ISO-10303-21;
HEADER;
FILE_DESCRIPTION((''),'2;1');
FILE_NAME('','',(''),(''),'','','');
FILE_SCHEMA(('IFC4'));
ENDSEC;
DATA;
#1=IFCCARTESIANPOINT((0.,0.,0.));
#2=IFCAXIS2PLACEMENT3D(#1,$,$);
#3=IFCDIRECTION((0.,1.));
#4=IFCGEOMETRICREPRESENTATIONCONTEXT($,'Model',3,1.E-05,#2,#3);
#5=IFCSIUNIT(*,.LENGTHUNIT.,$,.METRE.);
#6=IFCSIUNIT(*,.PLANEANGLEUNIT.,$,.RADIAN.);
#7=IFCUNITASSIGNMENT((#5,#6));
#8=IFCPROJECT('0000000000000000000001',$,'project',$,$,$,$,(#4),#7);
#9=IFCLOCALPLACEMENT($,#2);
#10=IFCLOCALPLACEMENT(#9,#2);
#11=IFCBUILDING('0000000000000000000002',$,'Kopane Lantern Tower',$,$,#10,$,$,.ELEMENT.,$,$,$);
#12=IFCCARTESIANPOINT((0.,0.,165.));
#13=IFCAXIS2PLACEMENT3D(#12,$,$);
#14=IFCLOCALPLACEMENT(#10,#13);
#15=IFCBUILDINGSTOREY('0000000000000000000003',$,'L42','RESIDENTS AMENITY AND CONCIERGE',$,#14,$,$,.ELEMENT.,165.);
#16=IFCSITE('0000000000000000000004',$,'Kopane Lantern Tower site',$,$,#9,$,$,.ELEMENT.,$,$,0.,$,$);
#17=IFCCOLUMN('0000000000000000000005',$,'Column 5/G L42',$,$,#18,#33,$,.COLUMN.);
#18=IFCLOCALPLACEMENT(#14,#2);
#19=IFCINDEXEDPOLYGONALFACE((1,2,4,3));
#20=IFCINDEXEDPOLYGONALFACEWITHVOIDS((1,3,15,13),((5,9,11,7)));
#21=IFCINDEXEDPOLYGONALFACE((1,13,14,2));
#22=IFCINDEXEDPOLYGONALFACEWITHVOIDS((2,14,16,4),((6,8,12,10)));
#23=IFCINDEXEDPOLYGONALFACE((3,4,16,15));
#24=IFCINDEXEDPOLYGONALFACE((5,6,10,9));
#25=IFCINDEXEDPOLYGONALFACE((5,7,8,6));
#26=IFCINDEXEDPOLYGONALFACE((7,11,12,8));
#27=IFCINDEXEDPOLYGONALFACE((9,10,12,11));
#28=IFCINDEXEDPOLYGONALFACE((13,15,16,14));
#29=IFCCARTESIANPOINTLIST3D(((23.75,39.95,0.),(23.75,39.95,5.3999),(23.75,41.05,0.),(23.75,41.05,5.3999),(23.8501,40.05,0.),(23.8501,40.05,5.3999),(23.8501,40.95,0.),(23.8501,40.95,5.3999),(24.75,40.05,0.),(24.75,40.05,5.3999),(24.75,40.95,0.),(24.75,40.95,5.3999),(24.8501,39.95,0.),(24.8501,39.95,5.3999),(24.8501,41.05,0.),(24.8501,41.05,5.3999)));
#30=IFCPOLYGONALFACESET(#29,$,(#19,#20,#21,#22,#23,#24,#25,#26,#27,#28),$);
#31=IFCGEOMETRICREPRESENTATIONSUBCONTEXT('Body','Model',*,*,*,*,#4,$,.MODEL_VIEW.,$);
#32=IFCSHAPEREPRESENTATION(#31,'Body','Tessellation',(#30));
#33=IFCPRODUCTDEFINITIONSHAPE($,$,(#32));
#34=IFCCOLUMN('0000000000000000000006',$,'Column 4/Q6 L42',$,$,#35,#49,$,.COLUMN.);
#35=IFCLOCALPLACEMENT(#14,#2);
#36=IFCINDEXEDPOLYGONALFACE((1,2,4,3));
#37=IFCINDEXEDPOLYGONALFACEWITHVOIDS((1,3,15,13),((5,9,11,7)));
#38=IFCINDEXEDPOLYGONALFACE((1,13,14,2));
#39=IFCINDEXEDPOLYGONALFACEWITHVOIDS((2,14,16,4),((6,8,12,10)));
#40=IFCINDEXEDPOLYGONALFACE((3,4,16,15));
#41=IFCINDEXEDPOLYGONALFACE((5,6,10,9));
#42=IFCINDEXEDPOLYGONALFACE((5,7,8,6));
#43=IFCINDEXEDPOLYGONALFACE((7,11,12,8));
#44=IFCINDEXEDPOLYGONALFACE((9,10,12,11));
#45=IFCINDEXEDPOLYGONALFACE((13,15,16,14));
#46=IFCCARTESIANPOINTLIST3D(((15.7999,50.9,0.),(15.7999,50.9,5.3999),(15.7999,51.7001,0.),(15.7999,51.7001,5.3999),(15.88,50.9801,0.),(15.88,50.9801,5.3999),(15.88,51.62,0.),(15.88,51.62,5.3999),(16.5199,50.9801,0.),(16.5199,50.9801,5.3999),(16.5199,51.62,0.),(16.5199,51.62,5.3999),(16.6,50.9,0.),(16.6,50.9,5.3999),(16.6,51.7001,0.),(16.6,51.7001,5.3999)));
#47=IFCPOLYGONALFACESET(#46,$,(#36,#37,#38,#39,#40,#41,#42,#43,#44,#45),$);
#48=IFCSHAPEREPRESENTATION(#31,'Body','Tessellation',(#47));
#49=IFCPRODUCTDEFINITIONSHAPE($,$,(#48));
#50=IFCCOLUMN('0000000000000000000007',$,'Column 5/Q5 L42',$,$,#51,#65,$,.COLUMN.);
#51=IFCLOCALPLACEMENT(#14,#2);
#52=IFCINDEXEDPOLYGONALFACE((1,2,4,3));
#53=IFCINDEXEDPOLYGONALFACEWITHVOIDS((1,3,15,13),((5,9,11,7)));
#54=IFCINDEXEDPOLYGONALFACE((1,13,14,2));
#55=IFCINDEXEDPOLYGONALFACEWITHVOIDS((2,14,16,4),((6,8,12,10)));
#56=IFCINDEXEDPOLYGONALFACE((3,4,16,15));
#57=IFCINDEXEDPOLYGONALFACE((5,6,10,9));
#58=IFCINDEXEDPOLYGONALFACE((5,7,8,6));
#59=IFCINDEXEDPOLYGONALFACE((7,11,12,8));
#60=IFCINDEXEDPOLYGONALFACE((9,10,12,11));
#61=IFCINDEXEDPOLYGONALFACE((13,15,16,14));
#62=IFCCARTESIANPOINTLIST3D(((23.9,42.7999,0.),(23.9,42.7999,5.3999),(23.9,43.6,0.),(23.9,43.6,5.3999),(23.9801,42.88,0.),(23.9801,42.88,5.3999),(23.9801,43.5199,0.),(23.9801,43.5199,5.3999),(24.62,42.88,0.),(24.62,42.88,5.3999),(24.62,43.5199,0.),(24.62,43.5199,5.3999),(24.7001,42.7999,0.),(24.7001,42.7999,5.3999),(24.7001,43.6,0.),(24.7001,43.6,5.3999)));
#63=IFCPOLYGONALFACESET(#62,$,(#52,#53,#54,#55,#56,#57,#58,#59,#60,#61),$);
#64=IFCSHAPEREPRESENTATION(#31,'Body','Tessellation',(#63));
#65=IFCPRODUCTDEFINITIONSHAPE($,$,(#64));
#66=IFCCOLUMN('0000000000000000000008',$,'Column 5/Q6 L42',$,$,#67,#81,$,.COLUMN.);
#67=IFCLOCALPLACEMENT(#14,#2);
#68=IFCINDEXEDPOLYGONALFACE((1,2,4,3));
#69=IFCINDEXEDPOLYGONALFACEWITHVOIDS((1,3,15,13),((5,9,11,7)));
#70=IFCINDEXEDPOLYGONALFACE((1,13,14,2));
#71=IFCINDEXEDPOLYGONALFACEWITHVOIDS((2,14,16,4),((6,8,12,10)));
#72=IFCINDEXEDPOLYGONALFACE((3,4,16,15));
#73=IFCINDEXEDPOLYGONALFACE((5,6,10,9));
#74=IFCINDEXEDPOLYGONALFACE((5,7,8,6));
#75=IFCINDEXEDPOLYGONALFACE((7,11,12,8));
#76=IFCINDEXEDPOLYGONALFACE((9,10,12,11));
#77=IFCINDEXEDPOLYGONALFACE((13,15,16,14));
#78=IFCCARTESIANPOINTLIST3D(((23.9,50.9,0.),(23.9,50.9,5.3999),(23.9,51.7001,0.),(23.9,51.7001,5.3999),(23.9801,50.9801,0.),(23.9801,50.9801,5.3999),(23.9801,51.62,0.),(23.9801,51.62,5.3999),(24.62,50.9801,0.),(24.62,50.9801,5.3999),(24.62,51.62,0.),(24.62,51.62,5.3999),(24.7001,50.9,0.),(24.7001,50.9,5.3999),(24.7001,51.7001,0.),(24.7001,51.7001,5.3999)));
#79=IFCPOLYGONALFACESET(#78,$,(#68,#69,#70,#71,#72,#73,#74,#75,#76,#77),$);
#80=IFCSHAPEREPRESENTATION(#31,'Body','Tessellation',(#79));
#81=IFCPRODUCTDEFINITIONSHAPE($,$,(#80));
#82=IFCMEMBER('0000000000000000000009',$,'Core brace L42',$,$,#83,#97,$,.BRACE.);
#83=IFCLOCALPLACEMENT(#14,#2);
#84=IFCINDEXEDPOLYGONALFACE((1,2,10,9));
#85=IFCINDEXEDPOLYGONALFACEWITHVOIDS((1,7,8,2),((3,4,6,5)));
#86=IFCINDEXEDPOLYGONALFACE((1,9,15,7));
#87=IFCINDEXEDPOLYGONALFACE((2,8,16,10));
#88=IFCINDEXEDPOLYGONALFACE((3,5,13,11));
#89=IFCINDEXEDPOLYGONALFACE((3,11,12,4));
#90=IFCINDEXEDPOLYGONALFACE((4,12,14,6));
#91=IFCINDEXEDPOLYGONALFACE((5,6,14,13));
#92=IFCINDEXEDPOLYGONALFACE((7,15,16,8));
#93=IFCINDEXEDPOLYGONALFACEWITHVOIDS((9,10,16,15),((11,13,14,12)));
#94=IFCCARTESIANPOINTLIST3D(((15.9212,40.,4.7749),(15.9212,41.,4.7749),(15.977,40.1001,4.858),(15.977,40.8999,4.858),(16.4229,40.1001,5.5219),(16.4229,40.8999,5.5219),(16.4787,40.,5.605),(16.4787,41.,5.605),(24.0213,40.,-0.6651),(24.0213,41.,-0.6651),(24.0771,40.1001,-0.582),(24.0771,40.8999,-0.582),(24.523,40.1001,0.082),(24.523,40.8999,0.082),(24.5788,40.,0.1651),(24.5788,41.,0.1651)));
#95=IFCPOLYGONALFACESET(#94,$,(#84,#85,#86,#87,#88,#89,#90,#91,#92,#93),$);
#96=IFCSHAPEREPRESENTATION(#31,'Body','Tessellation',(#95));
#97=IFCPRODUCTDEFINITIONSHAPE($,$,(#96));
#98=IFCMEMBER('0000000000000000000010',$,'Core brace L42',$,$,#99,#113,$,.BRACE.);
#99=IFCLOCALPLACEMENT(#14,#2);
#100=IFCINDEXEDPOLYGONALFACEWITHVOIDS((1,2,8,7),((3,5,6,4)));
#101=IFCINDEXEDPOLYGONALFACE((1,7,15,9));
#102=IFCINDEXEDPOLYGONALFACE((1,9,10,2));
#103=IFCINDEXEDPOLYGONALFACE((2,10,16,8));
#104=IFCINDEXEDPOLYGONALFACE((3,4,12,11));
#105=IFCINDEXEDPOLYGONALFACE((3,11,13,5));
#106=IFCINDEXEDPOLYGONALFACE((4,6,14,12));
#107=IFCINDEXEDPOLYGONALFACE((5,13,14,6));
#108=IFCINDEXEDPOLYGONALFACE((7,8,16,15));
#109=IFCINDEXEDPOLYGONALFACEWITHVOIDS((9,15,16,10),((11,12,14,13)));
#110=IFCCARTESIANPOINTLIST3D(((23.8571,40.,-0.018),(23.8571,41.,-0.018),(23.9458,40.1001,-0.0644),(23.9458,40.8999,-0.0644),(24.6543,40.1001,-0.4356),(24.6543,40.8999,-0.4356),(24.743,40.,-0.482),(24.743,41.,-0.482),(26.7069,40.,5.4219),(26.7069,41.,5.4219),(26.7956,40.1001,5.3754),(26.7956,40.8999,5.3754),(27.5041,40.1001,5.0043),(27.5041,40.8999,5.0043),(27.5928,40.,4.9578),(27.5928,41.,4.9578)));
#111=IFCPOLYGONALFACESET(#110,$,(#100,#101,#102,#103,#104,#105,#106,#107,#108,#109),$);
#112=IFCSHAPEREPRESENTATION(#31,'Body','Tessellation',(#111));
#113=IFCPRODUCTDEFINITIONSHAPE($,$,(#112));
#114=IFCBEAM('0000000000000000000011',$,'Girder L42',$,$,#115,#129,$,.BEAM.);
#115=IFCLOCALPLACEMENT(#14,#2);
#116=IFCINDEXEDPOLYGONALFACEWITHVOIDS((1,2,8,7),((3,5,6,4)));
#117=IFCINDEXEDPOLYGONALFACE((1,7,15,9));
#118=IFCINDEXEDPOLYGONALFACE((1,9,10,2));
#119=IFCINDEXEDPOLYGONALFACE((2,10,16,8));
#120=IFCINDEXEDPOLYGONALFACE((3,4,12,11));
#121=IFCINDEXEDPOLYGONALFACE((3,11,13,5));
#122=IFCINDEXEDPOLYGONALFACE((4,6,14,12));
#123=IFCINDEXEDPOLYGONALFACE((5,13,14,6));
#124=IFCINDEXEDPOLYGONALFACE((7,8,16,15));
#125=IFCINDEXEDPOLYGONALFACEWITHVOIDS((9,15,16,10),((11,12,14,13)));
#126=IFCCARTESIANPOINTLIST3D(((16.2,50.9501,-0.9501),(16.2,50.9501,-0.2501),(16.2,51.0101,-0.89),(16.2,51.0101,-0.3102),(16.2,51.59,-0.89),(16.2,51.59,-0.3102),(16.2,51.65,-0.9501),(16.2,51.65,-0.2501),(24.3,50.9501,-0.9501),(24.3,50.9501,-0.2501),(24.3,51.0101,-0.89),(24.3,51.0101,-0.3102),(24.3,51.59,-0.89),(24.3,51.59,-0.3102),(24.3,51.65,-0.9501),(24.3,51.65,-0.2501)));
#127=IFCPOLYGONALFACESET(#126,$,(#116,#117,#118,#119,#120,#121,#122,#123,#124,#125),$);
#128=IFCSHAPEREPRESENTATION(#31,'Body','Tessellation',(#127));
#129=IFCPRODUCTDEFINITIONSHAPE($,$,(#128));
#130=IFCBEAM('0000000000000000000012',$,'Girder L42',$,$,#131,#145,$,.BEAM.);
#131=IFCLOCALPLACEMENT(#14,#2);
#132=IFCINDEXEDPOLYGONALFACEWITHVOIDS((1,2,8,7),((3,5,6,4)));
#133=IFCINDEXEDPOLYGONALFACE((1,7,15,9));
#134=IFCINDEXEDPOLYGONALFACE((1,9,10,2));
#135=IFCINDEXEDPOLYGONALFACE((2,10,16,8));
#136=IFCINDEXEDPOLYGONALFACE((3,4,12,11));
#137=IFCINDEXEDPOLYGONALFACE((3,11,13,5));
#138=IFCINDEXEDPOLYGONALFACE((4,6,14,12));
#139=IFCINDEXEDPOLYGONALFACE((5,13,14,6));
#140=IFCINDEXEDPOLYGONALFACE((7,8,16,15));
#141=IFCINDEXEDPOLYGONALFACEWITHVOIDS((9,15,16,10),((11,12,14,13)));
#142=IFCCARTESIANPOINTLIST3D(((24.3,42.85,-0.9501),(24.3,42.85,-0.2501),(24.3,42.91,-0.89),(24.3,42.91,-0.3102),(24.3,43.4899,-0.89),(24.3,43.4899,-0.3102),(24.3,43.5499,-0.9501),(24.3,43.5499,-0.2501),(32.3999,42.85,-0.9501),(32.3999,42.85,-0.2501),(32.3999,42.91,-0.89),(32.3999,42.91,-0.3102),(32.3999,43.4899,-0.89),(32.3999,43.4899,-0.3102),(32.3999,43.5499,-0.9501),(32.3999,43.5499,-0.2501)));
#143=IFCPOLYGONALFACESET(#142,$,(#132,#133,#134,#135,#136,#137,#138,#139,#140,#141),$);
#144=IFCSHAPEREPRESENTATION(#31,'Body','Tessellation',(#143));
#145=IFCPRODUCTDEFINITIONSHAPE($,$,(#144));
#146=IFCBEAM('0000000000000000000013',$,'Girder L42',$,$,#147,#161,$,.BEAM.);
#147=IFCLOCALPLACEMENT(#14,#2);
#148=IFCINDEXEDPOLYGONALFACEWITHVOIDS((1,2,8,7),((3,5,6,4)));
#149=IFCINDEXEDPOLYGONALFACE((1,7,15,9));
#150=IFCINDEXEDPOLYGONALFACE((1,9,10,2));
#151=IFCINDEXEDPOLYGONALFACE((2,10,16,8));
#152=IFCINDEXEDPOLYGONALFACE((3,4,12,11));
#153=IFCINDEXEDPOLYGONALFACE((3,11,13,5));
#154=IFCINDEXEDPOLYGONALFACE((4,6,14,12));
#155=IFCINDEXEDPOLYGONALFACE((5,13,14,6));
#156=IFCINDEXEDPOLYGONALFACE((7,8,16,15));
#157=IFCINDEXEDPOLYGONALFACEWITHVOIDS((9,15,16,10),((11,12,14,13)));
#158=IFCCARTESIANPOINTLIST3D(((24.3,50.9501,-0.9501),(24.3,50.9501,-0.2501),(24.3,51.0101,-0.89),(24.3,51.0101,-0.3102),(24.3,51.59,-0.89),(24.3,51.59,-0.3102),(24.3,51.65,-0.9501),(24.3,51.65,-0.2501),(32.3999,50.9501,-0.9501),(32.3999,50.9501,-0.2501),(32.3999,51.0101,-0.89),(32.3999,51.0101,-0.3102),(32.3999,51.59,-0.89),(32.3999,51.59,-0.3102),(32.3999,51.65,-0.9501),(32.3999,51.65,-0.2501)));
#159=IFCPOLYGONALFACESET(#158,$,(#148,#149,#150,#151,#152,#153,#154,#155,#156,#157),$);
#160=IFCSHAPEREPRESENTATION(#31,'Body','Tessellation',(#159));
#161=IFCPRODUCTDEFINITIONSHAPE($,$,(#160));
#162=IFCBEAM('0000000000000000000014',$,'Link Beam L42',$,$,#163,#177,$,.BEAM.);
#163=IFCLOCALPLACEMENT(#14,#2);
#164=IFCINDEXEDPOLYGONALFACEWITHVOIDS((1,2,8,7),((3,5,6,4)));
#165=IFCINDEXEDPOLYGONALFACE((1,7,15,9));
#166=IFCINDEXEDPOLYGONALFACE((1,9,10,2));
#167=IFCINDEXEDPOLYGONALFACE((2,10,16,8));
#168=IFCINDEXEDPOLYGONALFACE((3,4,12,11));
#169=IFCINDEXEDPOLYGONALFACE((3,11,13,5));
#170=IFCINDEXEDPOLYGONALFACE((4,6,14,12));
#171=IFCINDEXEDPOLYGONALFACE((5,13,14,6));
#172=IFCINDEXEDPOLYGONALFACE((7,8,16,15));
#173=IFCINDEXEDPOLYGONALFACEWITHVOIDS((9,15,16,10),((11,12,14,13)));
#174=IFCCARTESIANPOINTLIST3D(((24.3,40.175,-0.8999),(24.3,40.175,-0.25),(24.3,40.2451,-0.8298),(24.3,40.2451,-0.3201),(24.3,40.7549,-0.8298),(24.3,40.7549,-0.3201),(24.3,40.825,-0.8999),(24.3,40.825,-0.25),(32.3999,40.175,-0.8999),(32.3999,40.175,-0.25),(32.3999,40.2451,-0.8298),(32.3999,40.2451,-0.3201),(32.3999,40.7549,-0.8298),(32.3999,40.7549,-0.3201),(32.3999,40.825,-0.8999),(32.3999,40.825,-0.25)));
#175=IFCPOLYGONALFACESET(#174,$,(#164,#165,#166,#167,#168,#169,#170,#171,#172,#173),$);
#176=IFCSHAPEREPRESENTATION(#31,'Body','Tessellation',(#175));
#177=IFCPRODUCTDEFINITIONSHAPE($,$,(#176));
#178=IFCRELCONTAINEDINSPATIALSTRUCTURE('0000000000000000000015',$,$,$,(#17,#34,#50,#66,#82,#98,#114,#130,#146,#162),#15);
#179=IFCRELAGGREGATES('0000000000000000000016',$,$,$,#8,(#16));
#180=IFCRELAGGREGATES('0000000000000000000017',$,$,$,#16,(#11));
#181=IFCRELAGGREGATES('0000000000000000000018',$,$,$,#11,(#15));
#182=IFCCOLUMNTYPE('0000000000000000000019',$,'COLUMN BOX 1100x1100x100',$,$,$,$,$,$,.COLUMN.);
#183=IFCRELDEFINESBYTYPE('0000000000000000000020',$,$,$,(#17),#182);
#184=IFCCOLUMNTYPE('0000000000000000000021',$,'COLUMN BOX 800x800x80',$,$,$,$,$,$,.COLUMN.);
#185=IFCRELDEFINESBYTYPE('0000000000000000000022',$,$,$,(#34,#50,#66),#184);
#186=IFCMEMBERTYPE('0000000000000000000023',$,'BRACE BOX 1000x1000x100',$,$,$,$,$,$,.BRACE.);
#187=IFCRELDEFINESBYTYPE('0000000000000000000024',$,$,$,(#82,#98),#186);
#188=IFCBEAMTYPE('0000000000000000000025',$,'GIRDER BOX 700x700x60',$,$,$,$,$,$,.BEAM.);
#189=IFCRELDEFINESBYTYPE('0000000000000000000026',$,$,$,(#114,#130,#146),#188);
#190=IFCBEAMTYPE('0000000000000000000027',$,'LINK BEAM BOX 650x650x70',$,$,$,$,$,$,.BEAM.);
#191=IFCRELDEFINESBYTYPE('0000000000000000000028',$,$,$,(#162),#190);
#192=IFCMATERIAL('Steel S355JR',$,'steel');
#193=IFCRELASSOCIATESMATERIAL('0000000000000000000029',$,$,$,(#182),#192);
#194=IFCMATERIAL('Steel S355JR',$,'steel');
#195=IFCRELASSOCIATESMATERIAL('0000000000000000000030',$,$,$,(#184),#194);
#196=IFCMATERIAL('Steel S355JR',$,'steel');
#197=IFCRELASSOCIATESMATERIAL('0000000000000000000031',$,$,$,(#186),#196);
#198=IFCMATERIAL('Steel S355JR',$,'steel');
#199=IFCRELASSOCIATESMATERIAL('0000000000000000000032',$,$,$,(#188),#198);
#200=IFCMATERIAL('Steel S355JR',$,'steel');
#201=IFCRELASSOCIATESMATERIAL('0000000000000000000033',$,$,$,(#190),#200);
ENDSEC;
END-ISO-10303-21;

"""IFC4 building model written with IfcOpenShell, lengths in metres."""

from ifc_helpers import new_model, si_unit, direction, frame, origin, origin_2d, place, context, subcontext, project, spatial, hollow_rectangle, extrude, material, material_profile, profile_set, type_object, element, save


model = new_model("IFC4")

# Units and contexts
model_context = context("Model", 3, precision=1e-05, world=origin(), true_north=direction((0.0, 1.0)))
body_context = subcontext(model_context, "Body", "Model", "MODEL_VIEW")
ifc_project = project(units=[si_unit("LENGTHUNIT", "METRE"), si_unit("PLANEANGLEUNIT", "RADIAN")], contexts=[model_context])

# Site, building, storey
site_placement = place(None, origin())
site = spatial("IfcSite", under=ifc_project, at=site_placement, Name="Kopane Lantern Tower site", CompositionType="ELEMENT", RefElevation=0.0)
building_placement = place(site_placement, origin())
building = spatial("IfcBuilding", under=site, at=building_placement, Name="Kopane Lantern Tower", CompositionType="ELEMENT")
storey_placement = place(building_placement, frame((0.0, 0.0, 165.0)))
storey = spatial("IfcBuildingStorey", under=building, at=storey_placement, Name="L42", Description="RESIDENTS AMENITY AND CONCIERGE", CompositionType="ELEMENT", Elevation=165.0)

# Columns
ifc_material_1 = material(Name="Steel S355JR", Category="steel")
ifc_material_profile_1 = material_profile(ifc_material_1, hollow_rectangle(XDim=1.1001, YDim=1.1001, WallThickness=0.1001, at=origin_2d()), Name="BOX 1100x1100x100")
ifc_profile_set_1 = profile_set([ifc_material_profile_1], Name="Steel S355JR")
column_type_1 = type_object("IfcColumnType", Name="COLUMN BOX 1100x1100x100", PredefinedType="COLUMN", material=ifc_profile_set_1)
column_placement = place(storey_placement, frame((24.3, 40.5, 0.0), z_axis=(0.0, 0.0, 1.0), x_axis=(1.0, 0.0, 0.0)))
element("IfcColumn", 1, at=column_placement, inside=storey, type_object=column_type_1, Name="Column 5/G L42", PredefinedType="COLUMN", context=body_context, shape_type="SweptSolid", body=[
    extrude(hollow_rectangle(XDim=1.1001, YDim=1.1001, WallThickness=0.1001, at=origin_2d()), origin(), (0.0, 0.0, 1.0), 5.3999),
])
ifc_material_2 = material(Name="Steel S355JR", Category="steel")
ifc_material_profile_2 = material_profile(ifc_material_2, hollow_rectangle(XDim=0.8, YDim=0.8, WallThickness=0.0801, at=origin_2d()), Name="BOX 800x800x80")
ifc_profile_set_2 = profile_set([ifc_material_profile_2], Name="Steel S355JR")
column_type_2 = type_object("IfcColumnType", Name="COLUMN BOX 800x800x80", PredefinedType="COLUMN", material=ifc_profile_set_2)
for number, where, z_axis, x_axis, name in (
    (2, (16.2, 51.3, 0.0), (0.0, 0.0, 1.0), (1.0, 0.0, 0.0), "Column 4/Q6 L42"),
    (3, (24.3, 43.2, 0.0), (0.0, 0.0, 1.0), (1.0, 0.0, 0.0), "Column 5/Q5 L42"),
    (4, (24.3, 51.3, 0.0), (0.0, 0.0, 1.0), (1.0, 0.0, 0.0), "Column 5/Q6 L42"),
):
    element("IfcColumn", number, at=place(storey_placement, frame(where, z_axis=z_axis, x_axis=x_axis)), inside=storey, type_object=column_type_2, Name=name, PredefinedType="COLUMN", context=body_context, shape_type="SweptSolid", body=[
        extrude(hollow_rectangle(XDim=0.8, YDim=0.8, WallThickness=0.0801, at=origin_2d()), origin(), (0.0, 0.0, 1.0), 5.3999),
    ])

# Members
ifc_material_3 = material(Name="Steel S355JR", Category="steel")
ifc_material_profile_3 = material_profile(ifc_material_3, hollow_rectangle(XDim=1.0, YDim=1.0, WallThickness=0.1001, at=origin_2d()), Name="BOX 1000x1000x100")
ifc_profile_set_3 = profile_set([ifc_material_profile_3], Name="Steel S355JR")
member_type = type_object("IfcMemberType", Name="BRACE BOX 1000x1000x100", PredefinedType="BRACE", material=ifc_profile_set_3)
member_1_placement = place(storey_placement, frame((24.3, 40.5, -0.25), z_axis=(-0.830159, 0.0, 0.557526), x_axis=(0.0, -1.0, 0.0)))
element("IfcMember", 5, at=member_1_placement, inside=storey, type_object=member_type, Name="Core brace L42", PredefinedType="BRACE", context=body_context, shape_type="SweptSolid", body=[
    extrude(hollow_rectangle(XDim=1.0, YDim=1.0, WallThickness=0.1001, at=origin_2d()), origin(), (0.0, 0.0, 1.0), 9.7573),
])
member_2_placement = place(storey_placement, frame((24.3, 40.5, -0.25), z_axis=(0.464053, 0.0, 0.885807), x_axis=(0.0, 1.0, 0.0)))
element("IfcMember", 6, at=member_2_placement, inside=storey, type_object=member_type, Name="Core brace L42", PredefinedType="BRACE", context=body_context, shape_type="SweptSolid", body=[
    extrude(hollow_rectangle(XDim=1.0, YDim=1.0, WallThickness=0.1001, at=origin_2d()), origin(), (0.0, 0.0, 1.0), 6.1411),
])

# Beams
ifc_material_4 = material(Name="Steel S355JR", Category="steel")
ifc_material_profile_4 = material_profile(ifc_material_4, hollow_rectangle(XDim=0.7, YDim=0.7, WallThickness=0.0601, at=origin_2d()), Name="BOX 700x700x60")
ifc_profile_set_4 = profile_set([ifc_material_profile_4], Name="Steel S355JR")
beam_type_1 = type_object("IfcBeamType", Name="GIRDER BOX 700x700x60", PredefinedType="BEAM", material=ifc_profile_set_4)
beam_1_placement = place(storey_placement, frame((16.2, 51.3, -0.6001), z_axis=(1.0, 0.0, 0.0), x_axis=(0.0, 1.0, 0.0)))
element("IfcBeam", 7, at=beam_1_placement, inside=storey, type_object=beam_type_1, Name="Girder L42", PredefinedType="BEAM", context=body_context, shape_type="SweptSolid", body=[
    extrude(hollow_rectangle(XDim=0.7, YDim=0.7, WallThickness=0.0601, at=origin_2d()), origin(), (0.0, 0.0, 1.0), 8.1001),
])
for number, where, z_axis, x_axis, name in (
    (8, (24.3, 43.2, -0.6001), (1.0, 0.0, 0.0), (0.0, 1.0, 0.0), "Girder L42"),
    (9, (24.3, 51.3, -0.6001), (1.0, 0.0, 0.0), (0.0, 1.0, 0.0), "Girder L42"),
):
    element("IfcBeam", number, at=place(storey_placement, frame(where, z_axis=z_axis, x_axis=x_axis)), inside=storey, type_object=beam_type_1, Name=name, PredefinedType="BEAM", context=body_context, shape_type="SweptSolid", body=[
        extrude(hollow_rectangle(XDim=0.7, YDim=0.7, WallThickness=0.0601, at=origin_2d()), origin(), (0.0, 0.0, 1.0), 8.0999),
    ])
ifc_material_5 = material(Name="Steel S355JR", Category="steel")
ifc_material_profile_5 = material_profile(ifc_material_5, hollow_rectangle(XDim=0.6499, YDim=0.6499, WallThickness=0.0701, at=origin_2d()), Name="BOX 650x650x70")
ifc_profile_set_5 = profile_set([ifc_material_profile_5], Name="Steel S355JR")
beam_type_2 = type_object("IfcBeamType", Name="LINK BEAM BOX 650x650x70", PredefinedType="BEAM", material=ifc_profile_set_5)
beam_2_placement = place(storey_placement, frame((24.3, 40.5, -0.575), z_axis=(1.0, 0.0, 0.0), x_axis=(0.0, 1.0, 0.0)))
element("IfcBeam", 10, at=beam_2_placement, inside=storey, type_object=beam_type_2, Name="Link Beam L42", PredefinedType="BEAM", context=body_context, shape_type="SweptSolid", body=[
    extrude(hollow_rectangle(XDim=0.6499, YDim=0.6499, WallThickness=0.0701, at=origin_2d()), origin(), (0.0, 0.0, 1.0), 8.0999),
])

save(model, "model.ifc")
